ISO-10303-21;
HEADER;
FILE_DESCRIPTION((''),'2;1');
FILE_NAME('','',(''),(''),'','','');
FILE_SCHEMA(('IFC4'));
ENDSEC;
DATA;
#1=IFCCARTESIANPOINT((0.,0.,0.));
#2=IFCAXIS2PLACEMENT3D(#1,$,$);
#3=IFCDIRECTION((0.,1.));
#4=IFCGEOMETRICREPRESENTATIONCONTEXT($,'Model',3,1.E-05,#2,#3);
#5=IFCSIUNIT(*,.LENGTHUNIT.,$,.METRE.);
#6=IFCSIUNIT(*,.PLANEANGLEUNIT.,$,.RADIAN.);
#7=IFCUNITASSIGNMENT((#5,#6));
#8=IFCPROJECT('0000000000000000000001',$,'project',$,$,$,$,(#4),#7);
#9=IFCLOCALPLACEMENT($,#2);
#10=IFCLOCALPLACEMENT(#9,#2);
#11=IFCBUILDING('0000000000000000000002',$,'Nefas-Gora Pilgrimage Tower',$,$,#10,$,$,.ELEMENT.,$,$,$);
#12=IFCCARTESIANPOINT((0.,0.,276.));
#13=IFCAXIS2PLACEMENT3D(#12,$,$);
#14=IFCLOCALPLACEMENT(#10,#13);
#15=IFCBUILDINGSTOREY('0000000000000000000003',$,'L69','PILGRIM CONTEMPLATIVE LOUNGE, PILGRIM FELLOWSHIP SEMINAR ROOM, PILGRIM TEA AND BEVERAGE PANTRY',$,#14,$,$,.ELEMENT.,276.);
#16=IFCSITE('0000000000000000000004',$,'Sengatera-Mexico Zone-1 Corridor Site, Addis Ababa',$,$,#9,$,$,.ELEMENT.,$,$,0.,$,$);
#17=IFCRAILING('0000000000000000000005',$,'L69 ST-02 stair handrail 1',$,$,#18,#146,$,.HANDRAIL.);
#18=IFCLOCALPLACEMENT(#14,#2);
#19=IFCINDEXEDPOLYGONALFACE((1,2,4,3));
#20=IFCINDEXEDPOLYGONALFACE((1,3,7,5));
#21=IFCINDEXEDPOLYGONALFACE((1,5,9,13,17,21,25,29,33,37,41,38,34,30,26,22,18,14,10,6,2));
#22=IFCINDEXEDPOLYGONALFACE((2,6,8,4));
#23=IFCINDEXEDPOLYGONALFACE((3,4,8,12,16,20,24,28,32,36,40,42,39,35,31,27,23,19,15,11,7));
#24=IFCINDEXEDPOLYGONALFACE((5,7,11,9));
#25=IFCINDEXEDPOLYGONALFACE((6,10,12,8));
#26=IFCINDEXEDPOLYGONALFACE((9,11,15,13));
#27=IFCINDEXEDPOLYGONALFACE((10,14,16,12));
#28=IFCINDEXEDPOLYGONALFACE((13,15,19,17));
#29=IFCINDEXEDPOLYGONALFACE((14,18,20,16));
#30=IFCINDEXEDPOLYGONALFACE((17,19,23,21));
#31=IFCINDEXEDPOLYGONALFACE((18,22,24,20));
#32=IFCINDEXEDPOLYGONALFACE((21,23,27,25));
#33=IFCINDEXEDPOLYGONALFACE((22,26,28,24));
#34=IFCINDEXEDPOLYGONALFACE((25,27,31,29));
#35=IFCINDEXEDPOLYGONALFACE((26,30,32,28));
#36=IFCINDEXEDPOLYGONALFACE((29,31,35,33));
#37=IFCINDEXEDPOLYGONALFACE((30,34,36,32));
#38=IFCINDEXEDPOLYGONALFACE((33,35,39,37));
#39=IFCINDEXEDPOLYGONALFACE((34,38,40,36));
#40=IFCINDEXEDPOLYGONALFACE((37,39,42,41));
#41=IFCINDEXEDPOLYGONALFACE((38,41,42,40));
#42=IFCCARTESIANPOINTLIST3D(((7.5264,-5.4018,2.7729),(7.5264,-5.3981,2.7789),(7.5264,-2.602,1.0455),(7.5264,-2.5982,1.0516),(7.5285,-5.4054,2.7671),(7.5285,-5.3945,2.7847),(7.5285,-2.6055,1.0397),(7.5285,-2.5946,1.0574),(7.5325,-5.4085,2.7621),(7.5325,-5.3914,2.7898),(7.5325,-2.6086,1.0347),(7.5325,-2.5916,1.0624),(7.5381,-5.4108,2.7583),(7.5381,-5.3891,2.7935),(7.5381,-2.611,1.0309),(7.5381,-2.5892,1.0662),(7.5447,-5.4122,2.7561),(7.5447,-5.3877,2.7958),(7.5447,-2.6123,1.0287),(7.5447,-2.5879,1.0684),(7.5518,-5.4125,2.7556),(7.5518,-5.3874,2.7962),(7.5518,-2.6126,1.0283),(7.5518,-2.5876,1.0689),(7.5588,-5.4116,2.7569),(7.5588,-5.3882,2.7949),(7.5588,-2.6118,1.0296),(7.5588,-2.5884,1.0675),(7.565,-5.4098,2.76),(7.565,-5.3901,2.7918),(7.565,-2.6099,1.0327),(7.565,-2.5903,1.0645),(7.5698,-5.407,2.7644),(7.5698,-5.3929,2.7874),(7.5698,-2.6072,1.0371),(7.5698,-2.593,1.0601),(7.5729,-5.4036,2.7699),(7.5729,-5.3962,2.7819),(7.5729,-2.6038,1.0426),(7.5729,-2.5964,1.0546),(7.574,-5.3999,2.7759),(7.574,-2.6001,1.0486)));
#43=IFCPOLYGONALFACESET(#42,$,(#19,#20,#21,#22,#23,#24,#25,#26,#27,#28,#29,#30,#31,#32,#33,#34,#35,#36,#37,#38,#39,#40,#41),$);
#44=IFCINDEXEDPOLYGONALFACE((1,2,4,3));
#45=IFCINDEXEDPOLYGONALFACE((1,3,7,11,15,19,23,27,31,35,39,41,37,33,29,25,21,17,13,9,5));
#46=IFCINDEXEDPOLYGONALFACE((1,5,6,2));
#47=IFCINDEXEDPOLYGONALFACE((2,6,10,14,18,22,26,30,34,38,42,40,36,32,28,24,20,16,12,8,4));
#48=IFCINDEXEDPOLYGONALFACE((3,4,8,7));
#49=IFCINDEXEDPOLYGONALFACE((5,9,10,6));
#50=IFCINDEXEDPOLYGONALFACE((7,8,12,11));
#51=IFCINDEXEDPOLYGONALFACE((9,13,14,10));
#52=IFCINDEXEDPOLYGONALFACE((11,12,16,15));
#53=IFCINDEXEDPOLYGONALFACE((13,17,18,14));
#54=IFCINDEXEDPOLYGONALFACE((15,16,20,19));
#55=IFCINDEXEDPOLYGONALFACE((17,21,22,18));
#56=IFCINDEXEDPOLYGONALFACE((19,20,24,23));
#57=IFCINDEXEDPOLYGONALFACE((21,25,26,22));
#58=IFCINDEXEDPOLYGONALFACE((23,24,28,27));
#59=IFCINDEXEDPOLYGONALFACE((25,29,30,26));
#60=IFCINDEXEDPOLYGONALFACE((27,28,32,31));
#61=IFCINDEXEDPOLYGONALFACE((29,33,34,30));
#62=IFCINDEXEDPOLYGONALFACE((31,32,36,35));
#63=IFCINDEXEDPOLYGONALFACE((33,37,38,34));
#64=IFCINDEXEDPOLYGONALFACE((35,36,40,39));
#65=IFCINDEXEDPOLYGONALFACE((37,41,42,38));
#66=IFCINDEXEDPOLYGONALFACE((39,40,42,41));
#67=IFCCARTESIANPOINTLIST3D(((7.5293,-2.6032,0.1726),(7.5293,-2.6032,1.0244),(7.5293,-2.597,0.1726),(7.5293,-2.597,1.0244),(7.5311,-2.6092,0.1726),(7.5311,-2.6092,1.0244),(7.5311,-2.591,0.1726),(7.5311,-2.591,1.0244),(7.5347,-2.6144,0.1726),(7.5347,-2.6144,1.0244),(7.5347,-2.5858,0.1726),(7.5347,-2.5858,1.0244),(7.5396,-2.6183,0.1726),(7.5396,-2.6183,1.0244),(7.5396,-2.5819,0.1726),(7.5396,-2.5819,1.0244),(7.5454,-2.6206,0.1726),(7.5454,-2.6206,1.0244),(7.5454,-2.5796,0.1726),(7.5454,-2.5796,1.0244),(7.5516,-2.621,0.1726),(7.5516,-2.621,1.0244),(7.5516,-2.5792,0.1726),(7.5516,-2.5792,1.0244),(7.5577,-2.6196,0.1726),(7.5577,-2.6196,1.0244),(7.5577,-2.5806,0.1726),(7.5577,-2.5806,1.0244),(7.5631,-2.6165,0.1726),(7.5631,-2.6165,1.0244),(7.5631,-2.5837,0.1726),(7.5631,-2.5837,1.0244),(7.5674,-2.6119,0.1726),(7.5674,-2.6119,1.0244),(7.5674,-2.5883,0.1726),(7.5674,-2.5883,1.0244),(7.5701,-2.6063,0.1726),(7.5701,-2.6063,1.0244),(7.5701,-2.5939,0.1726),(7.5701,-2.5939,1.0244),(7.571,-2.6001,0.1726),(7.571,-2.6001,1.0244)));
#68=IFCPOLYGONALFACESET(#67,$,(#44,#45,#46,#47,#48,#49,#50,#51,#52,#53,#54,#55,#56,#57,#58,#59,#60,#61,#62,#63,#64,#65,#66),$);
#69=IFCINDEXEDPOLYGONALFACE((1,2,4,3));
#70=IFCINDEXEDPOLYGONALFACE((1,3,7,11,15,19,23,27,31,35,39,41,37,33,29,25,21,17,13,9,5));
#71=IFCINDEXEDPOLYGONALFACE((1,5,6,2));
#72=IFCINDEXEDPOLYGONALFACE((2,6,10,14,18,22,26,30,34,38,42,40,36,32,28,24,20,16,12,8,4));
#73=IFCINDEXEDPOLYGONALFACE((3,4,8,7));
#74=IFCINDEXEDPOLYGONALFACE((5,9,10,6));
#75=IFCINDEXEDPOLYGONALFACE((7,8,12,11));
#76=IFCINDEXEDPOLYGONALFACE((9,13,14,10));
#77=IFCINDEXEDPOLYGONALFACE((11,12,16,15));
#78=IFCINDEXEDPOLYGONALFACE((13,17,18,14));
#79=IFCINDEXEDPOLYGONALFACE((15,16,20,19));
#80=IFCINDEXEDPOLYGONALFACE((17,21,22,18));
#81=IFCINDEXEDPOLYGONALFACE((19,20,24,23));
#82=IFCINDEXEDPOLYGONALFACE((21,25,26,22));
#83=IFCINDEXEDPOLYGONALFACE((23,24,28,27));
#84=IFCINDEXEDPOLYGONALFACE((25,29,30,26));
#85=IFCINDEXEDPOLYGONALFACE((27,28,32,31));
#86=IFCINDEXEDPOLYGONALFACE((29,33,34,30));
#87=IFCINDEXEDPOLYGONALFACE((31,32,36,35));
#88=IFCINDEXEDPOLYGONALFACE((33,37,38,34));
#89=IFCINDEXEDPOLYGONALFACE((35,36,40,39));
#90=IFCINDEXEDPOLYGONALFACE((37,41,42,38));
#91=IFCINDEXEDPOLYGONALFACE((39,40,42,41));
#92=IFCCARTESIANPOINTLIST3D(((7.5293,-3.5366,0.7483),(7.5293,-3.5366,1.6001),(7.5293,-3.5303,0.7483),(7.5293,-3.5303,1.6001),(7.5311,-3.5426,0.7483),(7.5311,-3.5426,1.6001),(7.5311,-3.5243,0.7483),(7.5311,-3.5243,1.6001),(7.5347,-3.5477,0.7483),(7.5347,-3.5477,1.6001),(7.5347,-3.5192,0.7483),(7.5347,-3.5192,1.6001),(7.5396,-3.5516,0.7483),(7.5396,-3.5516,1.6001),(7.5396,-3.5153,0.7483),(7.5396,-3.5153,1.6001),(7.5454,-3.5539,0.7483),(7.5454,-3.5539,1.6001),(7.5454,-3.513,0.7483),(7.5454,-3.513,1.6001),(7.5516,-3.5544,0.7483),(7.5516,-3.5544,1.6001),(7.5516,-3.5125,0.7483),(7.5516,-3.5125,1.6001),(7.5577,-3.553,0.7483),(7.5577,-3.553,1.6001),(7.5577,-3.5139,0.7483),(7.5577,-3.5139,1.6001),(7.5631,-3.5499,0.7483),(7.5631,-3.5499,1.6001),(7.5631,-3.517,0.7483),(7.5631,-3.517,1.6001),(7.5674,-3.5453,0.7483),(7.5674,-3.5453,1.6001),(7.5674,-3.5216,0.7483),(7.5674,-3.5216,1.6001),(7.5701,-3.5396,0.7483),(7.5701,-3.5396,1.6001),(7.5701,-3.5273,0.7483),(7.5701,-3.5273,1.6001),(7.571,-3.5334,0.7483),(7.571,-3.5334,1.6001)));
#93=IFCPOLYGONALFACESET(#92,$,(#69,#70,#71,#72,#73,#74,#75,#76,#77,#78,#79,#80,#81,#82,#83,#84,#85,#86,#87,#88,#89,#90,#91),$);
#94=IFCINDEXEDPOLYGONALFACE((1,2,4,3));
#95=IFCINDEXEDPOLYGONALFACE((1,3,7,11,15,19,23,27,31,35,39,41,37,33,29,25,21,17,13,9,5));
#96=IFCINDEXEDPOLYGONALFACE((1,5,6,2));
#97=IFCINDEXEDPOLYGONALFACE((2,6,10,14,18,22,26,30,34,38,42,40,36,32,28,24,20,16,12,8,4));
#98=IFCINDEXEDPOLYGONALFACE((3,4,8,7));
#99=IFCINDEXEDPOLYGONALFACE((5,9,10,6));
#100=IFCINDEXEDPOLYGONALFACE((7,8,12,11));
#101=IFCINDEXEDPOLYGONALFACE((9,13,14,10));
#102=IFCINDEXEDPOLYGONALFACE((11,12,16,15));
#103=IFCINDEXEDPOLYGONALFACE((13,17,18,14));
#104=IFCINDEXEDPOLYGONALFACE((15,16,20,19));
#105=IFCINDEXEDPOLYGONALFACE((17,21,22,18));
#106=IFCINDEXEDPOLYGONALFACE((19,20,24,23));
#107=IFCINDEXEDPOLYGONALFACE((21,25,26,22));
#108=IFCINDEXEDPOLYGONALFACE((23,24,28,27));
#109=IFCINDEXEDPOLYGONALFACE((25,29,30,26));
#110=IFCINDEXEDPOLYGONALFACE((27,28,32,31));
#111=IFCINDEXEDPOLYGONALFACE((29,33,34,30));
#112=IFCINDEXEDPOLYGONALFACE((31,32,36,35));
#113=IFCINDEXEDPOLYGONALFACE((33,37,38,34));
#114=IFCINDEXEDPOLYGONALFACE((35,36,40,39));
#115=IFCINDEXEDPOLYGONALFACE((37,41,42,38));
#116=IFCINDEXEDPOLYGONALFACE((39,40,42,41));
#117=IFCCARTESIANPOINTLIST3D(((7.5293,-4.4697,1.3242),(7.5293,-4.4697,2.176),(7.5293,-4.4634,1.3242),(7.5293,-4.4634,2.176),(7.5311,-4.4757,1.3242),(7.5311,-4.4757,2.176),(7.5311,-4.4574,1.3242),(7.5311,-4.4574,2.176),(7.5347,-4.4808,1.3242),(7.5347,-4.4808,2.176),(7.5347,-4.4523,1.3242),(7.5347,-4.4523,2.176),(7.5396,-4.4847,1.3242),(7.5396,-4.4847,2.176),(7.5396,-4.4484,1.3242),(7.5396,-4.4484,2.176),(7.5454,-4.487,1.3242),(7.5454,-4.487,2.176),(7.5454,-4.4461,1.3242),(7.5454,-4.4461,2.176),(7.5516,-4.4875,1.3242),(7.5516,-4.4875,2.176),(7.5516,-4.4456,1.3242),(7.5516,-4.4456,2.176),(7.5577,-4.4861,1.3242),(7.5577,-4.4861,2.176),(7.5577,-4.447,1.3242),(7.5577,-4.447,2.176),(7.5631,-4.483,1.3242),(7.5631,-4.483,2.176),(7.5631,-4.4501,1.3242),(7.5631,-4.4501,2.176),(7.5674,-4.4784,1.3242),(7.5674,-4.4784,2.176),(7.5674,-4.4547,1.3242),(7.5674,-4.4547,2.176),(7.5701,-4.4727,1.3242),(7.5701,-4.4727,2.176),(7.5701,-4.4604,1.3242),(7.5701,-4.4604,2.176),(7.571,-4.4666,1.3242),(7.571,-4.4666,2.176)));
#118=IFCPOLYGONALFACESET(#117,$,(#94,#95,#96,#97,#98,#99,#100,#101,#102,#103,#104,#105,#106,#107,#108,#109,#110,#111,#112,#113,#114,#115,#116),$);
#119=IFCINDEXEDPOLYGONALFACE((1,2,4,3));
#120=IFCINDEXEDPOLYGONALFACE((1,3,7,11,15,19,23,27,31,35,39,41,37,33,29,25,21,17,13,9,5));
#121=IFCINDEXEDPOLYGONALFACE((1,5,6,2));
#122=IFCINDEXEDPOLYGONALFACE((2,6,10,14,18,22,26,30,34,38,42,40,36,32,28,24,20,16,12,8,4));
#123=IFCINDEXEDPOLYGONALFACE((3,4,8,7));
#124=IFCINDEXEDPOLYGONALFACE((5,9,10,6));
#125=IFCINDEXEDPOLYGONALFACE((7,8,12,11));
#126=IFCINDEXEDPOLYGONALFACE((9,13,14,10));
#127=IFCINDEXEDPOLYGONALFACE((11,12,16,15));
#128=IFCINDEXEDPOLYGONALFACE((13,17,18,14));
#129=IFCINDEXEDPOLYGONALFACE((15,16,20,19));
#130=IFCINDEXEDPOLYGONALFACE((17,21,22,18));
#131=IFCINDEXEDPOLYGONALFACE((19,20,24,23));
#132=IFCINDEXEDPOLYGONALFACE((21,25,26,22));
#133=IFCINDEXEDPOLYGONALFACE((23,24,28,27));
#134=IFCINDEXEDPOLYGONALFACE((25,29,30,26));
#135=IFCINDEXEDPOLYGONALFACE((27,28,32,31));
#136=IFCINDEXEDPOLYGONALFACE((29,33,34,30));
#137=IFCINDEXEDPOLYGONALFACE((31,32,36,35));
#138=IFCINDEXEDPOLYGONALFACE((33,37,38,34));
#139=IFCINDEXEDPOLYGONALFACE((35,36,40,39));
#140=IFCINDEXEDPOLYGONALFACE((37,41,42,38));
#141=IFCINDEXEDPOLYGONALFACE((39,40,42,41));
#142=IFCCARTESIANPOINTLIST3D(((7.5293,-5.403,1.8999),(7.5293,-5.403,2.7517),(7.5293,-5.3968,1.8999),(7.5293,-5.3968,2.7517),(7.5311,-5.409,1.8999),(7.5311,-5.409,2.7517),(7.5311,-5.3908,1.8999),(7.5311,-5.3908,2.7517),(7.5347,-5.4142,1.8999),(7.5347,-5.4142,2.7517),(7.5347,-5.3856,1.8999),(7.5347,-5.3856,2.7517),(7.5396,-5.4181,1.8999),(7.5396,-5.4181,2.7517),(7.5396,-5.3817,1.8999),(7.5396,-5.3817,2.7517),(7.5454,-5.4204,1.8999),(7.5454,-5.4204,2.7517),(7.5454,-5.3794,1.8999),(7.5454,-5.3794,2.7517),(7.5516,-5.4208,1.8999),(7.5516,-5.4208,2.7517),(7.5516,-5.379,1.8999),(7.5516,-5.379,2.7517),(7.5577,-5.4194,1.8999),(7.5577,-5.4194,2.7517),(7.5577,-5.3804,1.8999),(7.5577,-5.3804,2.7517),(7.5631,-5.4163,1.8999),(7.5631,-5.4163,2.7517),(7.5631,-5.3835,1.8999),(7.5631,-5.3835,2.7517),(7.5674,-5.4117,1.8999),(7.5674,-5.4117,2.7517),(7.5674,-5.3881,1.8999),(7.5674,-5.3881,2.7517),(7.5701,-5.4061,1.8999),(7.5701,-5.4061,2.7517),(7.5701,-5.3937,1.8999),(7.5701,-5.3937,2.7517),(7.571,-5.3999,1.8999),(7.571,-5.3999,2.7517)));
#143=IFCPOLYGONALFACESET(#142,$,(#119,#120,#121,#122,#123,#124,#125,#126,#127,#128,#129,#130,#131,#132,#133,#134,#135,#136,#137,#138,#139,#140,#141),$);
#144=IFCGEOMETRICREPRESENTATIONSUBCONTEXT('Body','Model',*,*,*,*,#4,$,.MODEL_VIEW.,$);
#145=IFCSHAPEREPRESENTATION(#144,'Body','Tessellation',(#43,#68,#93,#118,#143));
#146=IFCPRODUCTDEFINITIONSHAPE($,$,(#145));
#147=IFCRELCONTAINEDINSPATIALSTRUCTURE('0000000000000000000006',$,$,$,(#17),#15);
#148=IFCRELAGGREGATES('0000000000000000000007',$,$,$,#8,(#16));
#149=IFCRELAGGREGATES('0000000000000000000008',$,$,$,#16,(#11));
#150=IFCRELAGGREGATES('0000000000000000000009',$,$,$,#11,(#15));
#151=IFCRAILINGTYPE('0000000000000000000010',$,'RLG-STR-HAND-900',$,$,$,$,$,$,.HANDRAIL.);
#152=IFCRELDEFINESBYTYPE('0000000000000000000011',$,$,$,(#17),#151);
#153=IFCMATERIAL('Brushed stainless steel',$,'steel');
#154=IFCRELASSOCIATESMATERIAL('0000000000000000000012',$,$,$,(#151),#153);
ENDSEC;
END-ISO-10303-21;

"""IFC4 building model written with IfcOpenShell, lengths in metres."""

from ifc_helpers import new_model, si_unit, direction, frame, origin, origin_2d, place, context, subcontext, project, spatial, circle, extrude, material, type_object, element, save


model = new_model("IFC4")

# Units and contexts
model_context = context("Model", 3, precision=1e-05, world=origin(), true_north=direction((0.0, 1.0)))
body_context = subcontext(model_context, "Body", "Model", "MODEL_VIEW")
ifc_project = project(units=[si_unit("LENGTHUNIT", "METRE"), si_unit("PLANEANGLEUNIT", "RADIAN")], contexts=[model_context])

# Site, building, storey
site_placement = place(None, origin())
site = spatial("IfcSite", under=ifc_project, at=site_placement, Name="Sengatera-Mexico Zone-1 Corridor Site, Addis Ababa", CompositionType="ELEMENT", RefElevation=0.0)
building_placement = place(site_placement, origin())
building = spatial("IfcBuilding", under=site, at=building_placement, Name="Nefas-Gora Pilgrimage Tower", CompositionType="ELEMENT")
storey_placement = place(building_placement, frame((0.0, 0.0, 276.0)))
storey = spatial("IfcBuildingStorey", under=building, at=storey_placement, Name="L69", Description="PILGRIM CONTEMPLATIVE LOUNGE, PILGRIM FELLOWSHIP SEMINAR ROOM, PILGRIM TEA AND BEVERAGE PANTRY", CompositionType="ELEMENT", Elevation=276.0)

# Railing
ifc_material_1 = material(Name="Brushed stainless steel", Category="steel")
railing_type_1 = type_object("IfcRailingType", Name="RLG-STR-HAND-900", PredefinedType="HANDRAIL", material=ifc_material_1)
railing_1_placement = place(storey_placement, frame((7.55, -2.6001, 0.1726)))
element("IfcRailing", 1, at=railing_1_placement, inside=storey, type_object=railing_type_1, Name="L69 ST-02 stair handrail 1", PredefinedType="HANDRAIL", context=body_context, shape_type="SweptSolid", body=[
    extrude(circle(Radius=0.0239, at=origin_2d()), frame((0.0, 0.0, 0.876), z_axis=(0.0, -0.851069, 0.525054), x_axis=(1.0, 0.0, 0.0)), (0.0, 0.0, 1.0), 3.2898),
    extrude(circle(Radius=0.021, at=origin_2d()), origin(), (0.0, 0.0, 1.0), 0.8518),
    extrude(circle(Radius=0.021, at=origin_2d()), frame((0.0, -0.9333, 0.5757)), (0.0, 0.0, 1.0), 0.8518),
    extrude(circle(Radius=0.021, at=origin_2d()), frame((0.0, -1.8665, 1.1516)), (0.0, 0.0, 1.0), 0.8518),
    extrude(circle(Radius=0.021, at=origin_2d()), frame((0.0, -2.7998, 1.7273)), (0.0, 0.0, 1.0), 0.8518),
])

save(model, "model.ifc")
